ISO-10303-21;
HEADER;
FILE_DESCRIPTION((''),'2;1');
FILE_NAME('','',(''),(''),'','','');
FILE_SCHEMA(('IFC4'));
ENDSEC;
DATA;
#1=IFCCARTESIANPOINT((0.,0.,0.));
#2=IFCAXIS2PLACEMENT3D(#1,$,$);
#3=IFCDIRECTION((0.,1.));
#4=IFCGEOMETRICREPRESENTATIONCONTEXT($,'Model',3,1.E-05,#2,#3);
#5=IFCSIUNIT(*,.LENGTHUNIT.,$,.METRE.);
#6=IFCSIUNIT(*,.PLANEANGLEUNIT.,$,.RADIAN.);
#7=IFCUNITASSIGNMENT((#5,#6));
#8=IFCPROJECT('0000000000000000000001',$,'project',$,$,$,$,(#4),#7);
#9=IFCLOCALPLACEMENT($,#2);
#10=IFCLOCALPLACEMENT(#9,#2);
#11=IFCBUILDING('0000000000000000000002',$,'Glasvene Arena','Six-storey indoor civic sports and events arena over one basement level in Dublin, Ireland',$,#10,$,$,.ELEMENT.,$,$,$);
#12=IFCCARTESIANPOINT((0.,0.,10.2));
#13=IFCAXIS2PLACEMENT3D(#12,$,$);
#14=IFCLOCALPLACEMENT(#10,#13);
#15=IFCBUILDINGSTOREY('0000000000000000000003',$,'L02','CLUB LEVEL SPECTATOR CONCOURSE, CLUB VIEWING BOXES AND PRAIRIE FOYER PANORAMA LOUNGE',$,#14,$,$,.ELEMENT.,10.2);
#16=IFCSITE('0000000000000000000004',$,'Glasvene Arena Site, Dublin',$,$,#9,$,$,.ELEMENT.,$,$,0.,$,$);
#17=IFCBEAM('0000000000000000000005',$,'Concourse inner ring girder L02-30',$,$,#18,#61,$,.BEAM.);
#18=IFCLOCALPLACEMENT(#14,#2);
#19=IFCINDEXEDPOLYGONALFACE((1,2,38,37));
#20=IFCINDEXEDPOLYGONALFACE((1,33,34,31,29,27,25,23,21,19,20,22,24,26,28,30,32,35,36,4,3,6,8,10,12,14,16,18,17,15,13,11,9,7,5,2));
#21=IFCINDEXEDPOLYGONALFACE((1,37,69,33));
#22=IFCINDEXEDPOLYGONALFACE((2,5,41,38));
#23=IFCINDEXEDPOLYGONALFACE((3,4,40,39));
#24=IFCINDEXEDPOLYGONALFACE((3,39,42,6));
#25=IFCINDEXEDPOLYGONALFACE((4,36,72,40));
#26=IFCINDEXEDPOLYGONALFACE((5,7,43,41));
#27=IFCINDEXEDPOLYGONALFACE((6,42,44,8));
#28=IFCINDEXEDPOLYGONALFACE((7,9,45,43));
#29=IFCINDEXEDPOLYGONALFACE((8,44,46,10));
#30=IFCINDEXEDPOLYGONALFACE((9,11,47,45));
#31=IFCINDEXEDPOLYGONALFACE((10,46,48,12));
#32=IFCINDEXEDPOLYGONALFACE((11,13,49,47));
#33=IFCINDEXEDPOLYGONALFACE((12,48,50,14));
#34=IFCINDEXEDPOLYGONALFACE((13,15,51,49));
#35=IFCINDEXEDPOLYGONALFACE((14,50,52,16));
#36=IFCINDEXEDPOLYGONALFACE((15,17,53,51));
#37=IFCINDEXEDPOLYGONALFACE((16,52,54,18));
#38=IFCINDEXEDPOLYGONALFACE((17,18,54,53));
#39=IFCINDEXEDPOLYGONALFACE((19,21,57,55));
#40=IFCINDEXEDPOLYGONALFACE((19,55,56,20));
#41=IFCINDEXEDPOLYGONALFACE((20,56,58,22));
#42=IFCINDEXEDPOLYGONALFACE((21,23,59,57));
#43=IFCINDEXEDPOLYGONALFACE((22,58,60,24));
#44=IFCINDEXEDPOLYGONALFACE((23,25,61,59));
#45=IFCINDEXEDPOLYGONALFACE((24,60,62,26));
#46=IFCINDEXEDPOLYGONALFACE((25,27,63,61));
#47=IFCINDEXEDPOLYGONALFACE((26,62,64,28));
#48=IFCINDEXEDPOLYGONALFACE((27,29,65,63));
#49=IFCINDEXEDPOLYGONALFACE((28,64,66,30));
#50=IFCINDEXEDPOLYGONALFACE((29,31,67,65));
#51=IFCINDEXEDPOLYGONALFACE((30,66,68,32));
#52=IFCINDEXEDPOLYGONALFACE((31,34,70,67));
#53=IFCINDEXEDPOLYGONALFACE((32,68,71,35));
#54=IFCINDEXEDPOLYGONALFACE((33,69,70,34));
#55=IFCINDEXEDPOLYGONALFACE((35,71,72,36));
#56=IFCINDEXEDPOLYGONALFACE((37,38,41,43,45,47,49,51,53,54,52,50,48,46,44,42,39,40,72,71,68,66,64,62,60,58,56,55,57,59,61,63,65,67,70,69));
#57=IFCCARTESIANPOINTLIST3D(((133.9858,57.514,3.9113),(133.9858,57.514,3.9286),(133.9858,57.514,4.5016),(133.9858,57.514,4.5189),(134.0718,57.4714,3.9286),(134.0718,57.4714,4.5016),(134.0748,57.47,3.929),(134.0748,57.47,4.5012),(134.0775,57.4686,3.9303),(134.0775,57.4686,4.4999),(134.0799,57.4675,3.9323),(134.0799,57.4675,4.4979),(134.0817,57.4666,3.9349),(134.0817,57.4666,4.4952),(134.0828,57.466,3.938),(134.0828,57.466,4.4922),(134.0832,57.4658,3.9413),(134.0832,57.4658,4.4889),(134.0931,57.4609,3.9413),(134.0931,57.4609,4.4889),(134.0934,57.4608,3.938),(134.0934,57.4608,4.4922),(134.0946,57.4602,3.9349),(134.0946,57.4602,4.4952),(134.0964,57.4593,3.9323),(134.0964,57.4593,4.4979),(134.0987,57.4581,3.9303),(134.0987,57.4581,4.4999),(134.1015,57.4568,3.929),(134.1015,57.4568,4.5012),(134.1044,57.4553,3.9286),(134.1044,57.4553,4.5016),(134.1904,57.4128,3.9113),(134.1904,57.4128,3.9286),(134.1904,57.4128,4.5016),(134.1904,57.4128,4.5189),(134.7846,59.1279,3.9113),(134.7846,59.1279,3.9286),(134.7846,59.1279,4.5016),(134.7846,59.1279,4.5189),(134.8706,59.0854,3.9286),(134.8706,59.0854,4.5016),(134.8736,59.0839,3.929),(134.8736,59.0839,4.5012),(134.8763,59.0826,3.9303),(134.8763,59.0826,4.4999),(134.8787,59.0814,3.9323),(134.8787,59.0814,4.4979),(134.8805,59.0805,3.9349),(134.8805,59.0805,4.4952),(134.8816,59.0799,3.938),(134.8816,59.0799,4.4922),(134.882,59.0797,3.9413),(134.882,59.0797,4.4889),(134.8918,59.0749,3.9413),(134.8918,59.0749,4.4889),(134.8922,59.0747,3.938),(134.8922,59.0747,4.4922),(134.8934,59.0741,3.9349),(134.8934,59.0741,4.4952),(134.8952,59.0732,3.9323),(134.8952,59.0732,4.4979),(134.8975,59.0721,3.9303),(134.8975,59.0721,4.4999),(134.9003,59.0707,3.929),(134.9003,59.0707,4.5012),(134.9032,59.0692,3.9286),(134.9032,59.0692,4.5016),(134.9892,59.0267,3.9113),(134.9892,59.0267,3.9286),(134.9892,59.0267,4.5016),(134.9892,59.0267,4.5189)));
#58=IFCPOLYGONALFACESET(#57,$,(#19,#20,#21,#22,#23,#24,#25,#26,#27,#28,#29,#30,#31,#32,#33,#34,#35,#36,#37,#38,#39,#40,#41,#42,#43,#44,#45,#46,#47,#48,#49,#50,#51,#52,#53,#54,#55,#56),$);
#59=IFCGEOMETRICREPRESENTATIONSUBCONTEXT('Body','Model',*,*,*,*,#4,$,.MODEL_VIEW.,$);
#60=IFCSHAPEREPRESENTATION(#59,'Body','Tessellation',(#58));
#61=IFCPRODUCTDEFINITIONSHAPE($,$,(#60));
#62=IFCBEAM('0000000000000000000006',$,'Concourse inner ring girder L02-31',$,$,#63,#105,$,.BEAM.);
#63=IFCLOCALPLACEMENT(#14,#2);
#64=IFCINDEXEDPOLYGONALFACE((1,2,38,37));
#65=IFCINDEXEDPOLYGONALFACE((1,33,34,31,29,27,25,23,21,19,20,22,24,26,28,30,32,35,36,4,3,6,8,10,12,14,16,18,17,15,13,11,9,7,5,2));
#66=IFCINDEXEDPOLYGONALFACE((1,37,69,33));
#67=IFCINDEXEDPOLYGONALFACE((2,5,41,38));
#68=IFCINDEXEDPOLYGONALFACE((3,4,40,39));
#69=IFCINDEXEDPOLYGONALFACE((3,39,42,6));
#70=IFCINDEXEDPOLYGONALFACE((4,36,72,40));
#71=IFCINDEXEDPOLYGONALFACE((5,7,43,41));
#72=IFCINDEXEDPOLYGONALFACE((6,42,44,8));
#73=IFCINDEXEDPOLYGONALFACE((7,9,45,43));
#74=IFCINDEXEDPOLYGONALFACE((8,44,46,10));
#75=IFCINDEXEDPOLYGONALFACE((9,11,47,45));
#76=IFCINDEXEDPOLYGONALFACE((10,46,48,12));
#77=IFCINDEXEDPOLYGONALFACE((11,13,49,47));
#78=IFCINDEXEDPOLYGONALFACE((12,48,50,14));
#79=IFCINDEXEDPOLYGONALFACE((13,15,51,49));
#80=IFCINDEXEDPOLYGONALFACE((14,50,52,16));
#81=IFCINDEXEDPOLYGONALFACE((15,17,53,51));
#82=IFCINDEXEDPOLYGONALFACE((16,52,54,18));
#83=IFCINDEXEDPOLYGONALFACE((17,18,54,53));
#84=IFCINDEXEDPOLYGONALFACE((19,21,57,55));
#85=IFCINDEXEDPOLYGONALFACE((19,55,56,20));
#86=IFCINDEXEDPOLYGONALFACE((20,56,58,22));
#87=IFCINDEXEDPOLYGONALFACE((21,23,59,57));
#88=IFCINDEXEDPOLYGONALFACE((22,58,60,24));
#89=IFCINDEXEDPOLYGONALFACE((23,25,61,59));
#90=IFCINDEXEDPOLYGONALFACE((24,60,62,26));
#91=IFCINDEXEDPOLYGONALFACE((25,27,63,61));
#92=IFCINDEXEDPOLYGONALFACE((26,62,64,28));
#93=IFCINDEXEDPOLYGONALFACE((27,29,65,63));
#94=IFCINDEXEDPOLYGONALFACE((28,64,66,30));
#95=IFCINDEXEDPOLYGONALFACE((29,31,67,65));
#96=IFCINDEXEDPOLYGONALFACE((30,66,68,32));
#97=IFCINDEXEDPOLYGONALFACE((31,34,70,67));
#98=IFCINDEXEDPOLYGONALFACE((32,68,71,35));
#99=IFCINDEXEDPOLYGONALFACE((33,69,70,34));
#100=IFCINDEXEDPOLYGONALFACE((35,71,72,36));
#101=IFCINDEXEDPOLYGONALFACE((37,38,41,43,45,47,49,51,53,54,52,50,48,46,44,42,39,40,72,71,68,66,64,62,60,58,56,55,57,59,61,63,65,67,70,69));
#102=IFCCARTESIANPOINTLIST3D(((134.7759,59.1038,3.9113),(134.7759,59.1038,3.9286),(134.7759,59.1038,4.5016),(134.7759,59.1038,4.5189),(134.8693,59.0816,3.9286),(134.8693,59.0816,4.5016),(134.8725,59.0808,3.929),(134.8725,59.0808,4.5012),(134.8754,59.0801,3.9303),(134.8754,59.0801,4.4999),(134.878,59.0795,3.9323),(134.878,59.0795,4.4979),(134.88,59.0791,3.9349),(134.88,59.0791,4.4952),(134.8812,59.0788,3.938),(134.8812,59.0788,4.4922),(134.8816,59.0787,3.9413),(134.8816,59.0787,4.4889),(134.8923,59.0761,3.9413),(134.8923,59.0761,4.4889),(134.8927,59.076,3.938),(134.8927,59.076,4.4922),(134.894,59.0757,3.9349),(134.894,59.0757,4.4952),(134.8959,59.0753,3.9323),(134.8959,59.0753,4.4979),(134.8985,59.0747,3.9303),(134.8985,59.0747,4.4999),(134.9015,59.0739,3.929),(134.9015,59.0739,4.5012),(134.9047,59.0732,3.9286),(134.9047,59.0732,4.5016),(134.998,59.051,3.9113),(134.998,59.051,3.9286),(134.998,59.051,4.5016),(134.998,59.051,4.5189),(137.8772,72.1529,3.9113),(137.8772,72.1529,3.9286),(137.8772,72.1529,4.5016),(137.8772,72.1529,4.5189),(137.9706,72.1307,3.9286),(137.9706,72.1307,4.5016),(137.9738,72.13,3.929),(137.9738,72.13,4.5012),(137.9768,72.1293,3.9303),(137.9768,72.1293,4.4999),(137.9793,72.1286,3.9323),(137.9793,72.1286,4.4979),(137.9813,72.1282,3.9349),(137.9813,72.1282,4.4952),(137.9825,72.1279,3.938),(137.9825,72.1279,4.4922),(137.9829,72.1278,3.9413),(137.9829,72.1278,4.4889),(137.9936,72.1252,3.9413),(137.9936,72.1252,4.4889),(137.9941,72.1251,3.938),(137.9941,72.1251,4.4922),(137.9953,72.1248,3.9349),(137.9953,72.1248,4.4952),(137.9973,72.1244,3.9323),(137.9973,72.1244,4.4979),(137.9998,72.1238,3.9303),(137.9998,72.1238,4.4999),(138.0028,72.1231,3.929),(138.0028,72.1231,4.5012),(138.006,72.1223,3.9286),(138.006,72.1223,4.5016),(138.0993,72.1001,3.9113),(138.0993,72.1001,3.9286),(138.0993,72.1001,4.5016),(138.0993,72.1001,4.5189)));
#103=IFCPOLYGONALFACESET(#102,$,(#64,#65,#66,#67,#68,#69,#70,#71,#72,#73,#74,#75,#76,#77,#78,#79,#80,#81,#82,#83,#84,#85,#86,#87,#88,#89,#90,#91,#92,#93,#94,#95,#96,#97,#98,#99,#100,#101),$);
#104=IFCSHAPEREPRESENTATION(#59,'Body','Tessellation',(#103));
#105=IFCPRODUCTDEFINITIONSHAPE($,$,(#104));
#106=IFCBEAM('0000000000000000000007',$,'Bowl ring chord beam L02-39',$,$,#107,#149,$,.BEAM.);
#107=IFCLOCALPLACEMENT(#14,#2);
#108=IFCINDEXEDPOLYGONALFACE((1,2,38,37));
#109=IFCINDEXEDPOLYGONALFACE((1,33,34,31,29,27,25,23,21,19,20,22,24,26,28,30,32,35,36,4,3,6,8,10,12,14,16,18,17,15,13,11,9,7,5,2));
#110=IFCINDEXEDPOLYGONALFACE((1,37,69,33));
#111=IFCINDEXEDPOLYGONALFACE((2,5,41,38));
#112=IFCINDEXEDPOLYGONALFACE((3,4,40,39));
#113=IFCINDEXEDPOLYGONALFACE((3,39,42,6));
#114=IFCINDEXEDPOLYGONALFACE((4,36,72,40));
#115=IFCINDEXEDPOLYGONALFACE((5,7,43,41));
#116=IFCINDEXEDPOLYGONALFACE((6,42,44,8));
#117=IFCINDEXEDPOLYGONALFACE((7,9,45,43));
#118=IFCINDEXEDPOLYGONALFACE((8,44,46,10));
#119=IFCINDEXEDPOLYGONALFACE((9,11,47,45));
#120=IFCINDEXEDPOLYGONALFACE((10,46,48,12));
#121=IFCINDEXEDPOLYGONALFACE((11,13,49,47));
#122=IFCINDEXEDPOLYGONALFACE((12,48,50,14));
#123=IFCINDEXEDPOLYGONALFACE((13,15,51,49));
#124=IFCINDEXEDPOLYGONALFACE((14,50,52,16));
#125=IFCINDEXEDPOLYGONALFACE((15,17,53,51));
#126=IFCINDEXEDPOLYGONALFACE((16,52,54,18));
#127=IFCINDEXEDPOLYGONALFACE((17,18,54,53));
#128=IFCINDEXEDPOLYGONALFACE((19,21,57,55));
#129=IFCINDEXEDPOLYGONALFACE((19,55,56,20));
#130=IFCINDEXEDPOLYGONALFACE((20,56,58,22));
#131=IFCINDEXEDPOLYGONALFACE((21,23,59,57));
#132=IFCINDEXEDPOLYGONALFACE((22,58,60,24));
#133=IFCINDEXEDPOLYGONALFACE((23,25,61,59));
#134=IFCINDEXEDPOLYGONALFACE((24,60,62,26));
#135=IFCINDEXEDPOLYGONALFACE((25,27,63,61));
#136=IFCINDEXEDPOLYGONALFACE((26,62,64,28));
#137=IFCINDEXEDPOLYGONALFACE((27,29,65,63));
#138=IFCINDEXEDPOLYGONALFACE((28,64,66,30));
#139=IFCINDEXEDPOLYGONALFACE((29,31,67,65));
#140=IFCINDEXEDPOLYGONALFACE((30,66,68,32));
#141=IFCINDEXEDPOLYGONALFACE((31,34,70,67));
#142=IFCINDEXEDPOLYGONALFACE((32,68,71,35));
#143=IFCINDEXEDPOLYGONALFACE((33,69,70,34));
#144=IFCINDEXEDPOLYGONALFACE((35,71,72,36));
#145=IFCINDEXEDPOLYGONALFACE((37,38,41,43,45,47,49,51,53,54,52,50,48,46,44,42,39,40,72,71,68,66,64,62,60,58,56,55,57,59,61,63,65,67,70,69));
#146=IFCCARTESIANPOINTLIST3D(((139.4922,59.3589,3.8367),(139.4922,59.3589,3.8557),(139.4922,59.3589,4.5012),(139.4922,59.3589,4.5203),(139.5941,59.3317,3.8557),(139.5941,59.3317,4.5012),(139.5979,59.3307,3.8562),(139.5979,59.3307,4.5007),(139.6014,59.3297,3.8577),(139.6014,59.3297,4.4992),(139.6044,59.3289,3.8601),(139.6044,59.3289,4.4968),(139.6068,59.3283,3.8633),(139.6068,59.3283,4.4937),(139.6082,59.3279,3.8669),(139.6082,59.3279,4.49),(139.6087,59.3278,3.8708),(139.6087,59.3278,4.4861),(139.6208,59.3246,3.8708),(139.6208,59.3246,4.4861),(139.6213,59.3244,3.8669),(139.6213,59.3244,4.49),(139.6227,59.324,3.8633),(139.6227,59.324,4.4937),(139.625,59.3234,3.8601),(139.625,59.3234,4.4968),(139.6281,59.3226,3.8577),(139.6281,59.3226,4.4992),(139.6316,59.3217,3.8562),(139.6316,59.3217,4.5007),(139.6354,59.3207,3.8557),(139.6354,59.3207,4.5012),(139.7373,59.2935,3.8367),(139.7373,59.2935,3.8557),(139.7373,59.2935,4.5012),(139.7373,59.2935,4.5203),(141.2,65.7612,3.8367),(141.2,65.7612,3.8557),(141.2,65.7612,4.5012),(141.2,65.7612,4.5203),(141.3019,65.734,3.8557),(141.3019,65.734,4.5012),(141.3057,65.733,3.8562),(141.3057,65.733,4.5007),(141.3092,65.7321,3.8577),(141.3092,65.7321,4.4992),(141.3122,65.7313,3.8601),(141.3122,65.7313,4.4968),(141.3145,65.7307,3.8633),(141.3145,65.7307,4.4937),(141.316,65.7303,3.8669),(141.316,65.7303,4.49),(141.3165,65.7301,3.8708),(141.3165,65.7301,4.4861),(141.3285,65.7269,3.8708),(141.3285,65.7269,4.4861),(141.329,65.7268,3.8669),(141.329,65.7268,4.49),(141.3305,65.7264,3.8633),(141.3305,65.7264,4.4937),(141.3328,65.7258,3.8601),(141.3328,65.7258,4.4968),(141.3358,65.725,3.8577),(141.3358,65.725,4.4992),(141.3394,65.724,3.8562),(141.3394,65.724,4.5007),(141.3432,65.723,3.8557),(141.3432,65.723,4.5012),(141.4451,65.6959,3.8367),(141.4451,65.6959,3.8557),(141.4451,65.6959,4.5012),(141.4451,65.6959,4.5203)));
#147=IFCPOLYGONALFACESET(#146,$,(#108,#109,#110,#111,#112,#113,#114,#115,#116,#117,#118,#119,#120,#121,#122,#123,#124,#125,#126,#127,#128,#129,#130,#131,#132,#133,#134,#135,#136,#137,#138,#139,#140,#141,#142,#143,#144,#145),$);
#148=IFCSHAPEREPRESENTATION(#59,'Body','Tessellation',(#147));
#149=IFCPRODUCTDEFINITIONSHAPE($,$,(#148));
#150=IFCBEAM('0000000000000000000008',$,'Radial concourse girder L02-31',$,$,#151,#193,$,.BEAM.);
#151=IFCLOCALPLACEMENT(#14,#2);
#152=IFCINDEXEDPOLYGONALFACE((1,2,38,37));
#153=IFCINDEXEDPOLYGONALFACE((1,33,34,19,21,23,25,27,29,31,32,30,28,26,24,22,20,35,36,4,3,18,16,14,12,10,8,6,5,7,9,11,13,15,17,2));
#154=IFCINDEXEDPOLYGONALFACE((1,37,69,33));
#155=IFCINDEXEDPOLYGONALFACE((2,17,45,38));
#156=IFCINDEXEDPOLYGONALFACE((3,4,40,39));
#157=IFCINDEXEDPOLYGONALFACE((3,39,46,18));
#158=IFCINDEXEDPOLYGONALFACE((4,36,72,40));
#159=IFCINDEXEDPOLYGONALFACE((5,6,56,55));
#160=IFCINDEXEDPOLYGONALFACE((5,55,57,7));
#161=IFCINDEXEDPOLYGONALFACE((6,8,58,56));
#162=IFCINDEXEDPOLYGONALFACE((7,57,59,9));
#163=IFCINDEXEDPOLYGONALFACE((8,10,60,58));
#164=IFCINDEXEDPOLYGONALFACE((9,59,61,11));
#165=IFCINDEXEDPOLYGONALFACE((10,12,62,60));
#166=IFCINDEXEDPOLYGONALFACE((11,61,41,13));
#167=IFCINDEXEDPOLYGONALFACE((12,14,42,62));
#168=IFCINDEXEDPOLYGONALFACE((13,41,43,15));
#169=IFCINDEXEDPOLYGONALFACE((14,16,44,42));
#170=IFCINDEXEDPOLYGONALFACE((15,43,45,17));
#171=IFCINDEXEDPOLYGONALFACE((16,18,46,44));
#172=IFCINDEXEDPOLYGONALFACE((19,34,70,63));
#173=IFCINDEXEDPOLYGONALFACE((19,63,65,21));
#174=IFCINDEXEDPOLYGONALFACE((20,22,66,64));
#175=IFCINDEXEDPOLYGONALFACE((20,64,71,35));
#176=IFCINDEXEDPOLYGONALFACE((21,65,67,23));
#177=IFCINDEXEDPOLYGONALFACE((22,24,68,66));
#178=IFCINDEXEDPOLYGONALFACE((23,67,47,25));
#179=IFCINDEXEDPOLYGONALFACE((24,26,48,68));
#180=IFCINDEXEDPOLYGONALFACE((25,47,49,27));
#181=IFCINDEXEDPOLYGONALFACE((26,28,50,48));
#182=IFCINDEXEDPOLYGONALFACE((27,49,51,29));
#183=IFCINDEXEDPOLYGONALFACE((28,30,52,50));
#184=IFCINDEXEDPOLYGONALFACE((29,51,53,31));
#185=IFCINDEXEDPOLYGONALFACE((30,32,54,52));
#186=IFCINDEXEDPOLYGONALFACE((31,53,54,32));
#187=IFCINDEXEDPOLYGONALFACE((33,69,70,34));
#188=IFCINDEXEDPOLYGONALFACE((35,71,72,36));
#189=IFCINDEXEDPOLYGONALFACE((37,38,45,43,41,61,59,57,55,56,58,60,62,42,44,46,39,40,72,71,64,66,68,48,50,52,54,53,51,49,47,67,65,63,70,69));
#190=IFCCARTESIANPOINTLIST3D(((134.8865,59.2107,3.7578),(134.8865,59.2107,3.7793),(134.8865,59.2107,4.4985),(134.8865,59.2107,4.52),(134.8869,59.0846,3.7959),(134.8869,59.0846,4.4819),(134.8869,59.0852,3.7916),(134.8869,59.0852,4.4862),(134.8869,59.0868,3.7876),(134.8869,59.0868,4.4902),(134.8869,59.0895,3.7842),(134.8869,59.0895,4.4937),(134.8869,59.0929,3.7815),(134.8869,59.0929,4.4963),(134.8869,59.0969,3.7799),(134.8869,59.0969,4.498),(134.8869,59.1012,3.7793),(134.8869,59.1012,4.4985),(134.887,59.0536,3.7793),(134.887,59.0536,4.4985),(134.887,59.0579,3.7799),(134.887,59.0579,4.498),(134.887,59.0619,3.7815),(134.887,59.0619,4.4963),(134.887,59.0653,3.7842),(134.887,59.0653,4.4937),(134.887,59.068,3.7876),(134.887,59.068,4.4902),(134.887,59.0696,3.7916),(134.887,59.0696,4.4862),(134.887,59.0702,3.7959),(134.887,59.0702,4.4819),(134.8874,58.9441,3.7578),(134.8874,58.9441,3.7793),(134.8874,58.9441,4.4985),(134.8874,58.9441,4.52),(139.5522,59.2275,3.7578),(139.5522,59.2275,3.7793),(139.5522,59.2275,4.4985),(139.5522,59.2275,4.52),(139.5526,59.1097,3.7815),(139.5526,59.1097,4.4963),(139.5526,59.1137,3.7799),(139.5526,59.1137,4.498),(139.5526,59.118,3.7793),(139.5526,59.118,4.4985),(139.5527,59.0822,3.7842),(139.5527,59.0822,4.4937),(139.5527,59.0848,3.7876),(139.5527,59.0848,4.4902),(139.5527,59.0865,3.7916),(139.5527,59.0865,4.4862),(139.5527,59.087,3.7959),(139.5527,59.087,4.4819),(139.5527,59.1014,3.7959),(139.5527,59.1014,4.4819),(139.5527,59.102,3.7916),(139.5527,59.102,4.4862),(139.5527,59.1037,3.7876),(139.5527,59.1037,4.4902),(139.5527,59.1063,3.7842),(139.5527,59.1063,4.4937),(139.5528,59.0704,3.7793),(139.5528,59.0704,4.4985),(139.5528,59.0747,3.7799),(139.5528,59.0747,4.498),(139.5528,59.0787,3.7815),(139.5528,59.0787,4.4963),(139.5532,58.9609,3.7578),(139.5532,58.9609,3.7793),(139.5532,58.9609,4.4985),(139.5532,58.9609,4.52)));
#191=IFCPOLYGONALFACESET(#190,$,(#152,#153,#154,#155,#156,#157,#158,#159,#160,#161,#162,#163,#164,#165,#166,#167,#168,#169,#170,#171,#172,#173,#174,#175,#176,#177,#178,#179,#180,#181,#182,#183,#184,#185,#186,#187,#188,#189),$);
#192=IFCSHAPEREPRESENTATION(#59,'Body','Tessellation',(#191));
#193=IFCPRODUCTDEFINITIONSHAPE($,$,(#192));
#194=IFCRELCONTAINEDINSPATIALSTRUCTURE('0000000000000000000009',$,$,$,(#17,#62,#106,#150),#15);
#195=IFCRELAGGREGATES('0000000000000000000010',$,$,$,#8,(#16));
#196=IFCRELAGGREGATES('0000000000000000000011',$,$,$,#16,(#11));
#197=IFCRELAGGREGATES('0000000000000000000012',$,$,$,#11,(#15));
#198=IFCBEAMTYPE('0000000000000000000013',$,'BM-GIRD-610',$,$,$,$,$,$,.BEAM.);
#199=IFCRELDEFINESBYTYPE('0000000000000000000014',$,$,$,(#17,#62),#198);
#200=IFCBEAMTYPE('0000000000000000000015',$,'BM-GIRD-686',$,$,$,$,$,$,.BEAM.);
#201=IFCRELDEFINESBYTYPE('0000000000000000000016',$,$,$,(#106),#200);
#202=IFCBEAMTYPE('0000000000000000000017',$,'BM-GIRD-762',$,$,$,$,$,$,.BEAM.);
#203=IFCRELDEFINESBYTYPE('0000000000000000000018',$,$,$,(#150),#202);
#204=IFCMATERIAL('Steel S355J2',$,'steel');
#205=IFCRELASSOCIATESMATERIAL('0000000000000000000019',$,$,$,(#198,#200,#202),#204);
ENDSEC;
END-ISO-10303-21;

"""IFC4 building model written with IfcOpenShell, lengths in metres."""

from ifc_helpers import new_model, si_unit, direction, frame, origin, origin_2d, place, context, subcontext, project, spatial, i_section, extrude, material, material_profile, profile_set, type_object, element, save


model = new_model("IFC4")

# Units and contexts
model_context = context("Model", 3, precision=1e-05, world=origin(), true_north=direction((0.0, 1.0)))
body_context = subcontext(model_context, "Body", "Model", "MODEL_VIEW")
ifc_project = project(units=[si_unit("LENGTHUNIT", "METRE"), si_unit("PLANEANGLEUNIT", "RADIAN")], contexts=[model_context])

# Site, building, storey
site_placement = place(None, origin())
site = spatial("IfcSite", under=ifc_project, at=site_placement, Name="Glasvene Arena Site, Dublin", CompositionType="ELEMENT", RefElevation=0.0)
building_placement = place(site_placement, origin())
building = spatial("IfcBuilding", under=site, at=building_placement, Name="Glasvene Arena", Description="Six-storey indoor civic sports and events arena over one basement level in Dublin, Ireland", CompositionType="ELEMENT")
storey_placement = place(building_placement, frame((0.0, 0.0, 10.2)))
storey = spatial("IfcBuildingStorey", under=building, at=storey_placement, Name="L02", Description="CLUB LEVEL SPECTATOR CONCOURSE, CLUB VIEWING BOXES AND PRAIRIE FOYER PANORAMA LOUNGE", CompositionType="ELEMENT", Elevation=10.2)

# Shared definitions
ifc_material_1 = material(Name="Steel S355J2", Category="steel")

# Beams
ifc_material_profile_1 = material_profile(ifc_material_1, i_section(OverallWidth=0.2283, OverallDepth=0.6077, WebThickness=0.011, FlangeThickness=0.0173, FilletRadius=0.0127, at=origin_2d()), Name="UKB 610x229x113")
ifc_profile_set_1 = profile_set([ifc_material_profile_1], Name="Steel S355J2")
beam_type_1 = type_object("IfcBeamType", Name="BM-GIRD-610", PredefinedType="BEAM", material=ifc_profile_set_1)
beam_1_placement = place(storey_placement, frame((134.0881, 57.4634, 4.2151), z_axis=(0.443577, 0.896236, 0.0), x_axis=(-0.896236, 0.443577, 0.0)))
element("IfcBeam", 1, at=beam_1_placement, inside=storey, type_object=beam_type_1, Name="Concourse inner ring girder L02-30", PredefinedType="BEAM", context=body_context, shape_type="SweptSolid", body=[
    extrude(i_section(OverallWidth=0.2283, OverallDepth=0.6077, WebThickness=0.011, FlangeThickness=0.0173, FilletRadius=0.0127, at=origin_2d()), origin(), (0.0, 0.0, 1.0), 1.8008),
])
beam_2_placement = place(storey_placement, frame((134.887, 59.0774, 4.2151), z_axis=(0.231225, 0.9729, 0.0), x_axis=(-0.9729, 0.231225, 0.0)))
element("IfcBeam", 2, at=beam_2_placement, inside=storey, type_object=beam_type_1, Name="Concourse inner ring girder L02-31", PredefinedType="BEAM", context=body_context, shape_type="SweptSolid", body=[
    extrude(i_section(OverallWidth=0.2283, OverallDepth=0.6077, WebThickness=0.011, FlangeThickness=0.0173, FilletRadius=0.0127, at=origin_2d()), origin(), (0.0, 0.0, 1.0), 13.4126),
])
ifc_material_profile_2 = material_profile(ifc_material_1, i_section(OverallWidth=0.2537, OverallDepth=0.6836, WebThickness=0.0125, FlangeThickness=0.019, FilletRadius=0.0151, at=origin_2d()), Name="UKB 686x254x140")
ifc_profile_set_2 = profile_set([ifc_material_profile_2], Name="Steel S355J2")
beam_type_2 = type_object("IfcBeamType", Name="BM-GIRD-686", PredefinedType="BEAM", material=ifc_profile_set_2)
beam_3_placement = place(storey_placement, frame((139.6147, 59.3262, 4.1785), z_axis=(0.257729, 0.966217, 0.0), x_axis=(-0.966217, 0.257729, 0.0)))
element("IfcBeam", 3, at=beam_3_placement, inside=storey, type_object=beam_type_2, Name="Bowl ring chord beam L02-39", PredefinedType="BEAM", context=body_context, shape_type="SweptSolid", body=[
    extrude(i_section(OverallWidth=0.2537, OverallDepth=0.6836, WebThickness=0.0125, FlangeThickness=0.019, FilletRadius=0.0151, at=origin_2d()), origin(), (0.0, 0.0, 1.0), 6.6262),
])
ifc_material_profile_3 = material_profile(ifc_material_1, i_section(OverallWidth=0.2666, OverallDepth=0.7622, WebThickness=0.0144, FlangeThickness=0.0215, FilletRadius=0.0166, at=origin_2d()), Name="UKB 762x267x173")
ifc_profile_set_3 = profile_set([ifc_material_profile_3], Name="Steel S355J2")
beam_type_3 = type_object("IfcBeamType", Name="BM-GIRD-762", PredefinedType="BEAM", material=ifc_profile_set_3)
beam_4_placement = place(storey_placement, frame((134.887, 59.0774, 4.1389), z_axis=(0.999993, 0.00361, 0.0), x_axis=(-0.00361, 0.999993, 0.0)))
element("IfcBeam", 4, at=beam_4_placement, inside=storey, type_object=beam_type_3, Name="Radial concourse girder L02-31", PredefinedType="BEAM", context=body_context, shape_type="SweptSolid", body=[
    extrude(i_section(OverallWidth=0.2666, OverallDepth=0.7622, WebThickness=0.0144, FlangeThickness=0.0215, FilletRadius=0.0166, at=origin_2d()), origin(), (0.0, 0.0, 1.0), 4.6658),
])

save(model, "model.ifc")
